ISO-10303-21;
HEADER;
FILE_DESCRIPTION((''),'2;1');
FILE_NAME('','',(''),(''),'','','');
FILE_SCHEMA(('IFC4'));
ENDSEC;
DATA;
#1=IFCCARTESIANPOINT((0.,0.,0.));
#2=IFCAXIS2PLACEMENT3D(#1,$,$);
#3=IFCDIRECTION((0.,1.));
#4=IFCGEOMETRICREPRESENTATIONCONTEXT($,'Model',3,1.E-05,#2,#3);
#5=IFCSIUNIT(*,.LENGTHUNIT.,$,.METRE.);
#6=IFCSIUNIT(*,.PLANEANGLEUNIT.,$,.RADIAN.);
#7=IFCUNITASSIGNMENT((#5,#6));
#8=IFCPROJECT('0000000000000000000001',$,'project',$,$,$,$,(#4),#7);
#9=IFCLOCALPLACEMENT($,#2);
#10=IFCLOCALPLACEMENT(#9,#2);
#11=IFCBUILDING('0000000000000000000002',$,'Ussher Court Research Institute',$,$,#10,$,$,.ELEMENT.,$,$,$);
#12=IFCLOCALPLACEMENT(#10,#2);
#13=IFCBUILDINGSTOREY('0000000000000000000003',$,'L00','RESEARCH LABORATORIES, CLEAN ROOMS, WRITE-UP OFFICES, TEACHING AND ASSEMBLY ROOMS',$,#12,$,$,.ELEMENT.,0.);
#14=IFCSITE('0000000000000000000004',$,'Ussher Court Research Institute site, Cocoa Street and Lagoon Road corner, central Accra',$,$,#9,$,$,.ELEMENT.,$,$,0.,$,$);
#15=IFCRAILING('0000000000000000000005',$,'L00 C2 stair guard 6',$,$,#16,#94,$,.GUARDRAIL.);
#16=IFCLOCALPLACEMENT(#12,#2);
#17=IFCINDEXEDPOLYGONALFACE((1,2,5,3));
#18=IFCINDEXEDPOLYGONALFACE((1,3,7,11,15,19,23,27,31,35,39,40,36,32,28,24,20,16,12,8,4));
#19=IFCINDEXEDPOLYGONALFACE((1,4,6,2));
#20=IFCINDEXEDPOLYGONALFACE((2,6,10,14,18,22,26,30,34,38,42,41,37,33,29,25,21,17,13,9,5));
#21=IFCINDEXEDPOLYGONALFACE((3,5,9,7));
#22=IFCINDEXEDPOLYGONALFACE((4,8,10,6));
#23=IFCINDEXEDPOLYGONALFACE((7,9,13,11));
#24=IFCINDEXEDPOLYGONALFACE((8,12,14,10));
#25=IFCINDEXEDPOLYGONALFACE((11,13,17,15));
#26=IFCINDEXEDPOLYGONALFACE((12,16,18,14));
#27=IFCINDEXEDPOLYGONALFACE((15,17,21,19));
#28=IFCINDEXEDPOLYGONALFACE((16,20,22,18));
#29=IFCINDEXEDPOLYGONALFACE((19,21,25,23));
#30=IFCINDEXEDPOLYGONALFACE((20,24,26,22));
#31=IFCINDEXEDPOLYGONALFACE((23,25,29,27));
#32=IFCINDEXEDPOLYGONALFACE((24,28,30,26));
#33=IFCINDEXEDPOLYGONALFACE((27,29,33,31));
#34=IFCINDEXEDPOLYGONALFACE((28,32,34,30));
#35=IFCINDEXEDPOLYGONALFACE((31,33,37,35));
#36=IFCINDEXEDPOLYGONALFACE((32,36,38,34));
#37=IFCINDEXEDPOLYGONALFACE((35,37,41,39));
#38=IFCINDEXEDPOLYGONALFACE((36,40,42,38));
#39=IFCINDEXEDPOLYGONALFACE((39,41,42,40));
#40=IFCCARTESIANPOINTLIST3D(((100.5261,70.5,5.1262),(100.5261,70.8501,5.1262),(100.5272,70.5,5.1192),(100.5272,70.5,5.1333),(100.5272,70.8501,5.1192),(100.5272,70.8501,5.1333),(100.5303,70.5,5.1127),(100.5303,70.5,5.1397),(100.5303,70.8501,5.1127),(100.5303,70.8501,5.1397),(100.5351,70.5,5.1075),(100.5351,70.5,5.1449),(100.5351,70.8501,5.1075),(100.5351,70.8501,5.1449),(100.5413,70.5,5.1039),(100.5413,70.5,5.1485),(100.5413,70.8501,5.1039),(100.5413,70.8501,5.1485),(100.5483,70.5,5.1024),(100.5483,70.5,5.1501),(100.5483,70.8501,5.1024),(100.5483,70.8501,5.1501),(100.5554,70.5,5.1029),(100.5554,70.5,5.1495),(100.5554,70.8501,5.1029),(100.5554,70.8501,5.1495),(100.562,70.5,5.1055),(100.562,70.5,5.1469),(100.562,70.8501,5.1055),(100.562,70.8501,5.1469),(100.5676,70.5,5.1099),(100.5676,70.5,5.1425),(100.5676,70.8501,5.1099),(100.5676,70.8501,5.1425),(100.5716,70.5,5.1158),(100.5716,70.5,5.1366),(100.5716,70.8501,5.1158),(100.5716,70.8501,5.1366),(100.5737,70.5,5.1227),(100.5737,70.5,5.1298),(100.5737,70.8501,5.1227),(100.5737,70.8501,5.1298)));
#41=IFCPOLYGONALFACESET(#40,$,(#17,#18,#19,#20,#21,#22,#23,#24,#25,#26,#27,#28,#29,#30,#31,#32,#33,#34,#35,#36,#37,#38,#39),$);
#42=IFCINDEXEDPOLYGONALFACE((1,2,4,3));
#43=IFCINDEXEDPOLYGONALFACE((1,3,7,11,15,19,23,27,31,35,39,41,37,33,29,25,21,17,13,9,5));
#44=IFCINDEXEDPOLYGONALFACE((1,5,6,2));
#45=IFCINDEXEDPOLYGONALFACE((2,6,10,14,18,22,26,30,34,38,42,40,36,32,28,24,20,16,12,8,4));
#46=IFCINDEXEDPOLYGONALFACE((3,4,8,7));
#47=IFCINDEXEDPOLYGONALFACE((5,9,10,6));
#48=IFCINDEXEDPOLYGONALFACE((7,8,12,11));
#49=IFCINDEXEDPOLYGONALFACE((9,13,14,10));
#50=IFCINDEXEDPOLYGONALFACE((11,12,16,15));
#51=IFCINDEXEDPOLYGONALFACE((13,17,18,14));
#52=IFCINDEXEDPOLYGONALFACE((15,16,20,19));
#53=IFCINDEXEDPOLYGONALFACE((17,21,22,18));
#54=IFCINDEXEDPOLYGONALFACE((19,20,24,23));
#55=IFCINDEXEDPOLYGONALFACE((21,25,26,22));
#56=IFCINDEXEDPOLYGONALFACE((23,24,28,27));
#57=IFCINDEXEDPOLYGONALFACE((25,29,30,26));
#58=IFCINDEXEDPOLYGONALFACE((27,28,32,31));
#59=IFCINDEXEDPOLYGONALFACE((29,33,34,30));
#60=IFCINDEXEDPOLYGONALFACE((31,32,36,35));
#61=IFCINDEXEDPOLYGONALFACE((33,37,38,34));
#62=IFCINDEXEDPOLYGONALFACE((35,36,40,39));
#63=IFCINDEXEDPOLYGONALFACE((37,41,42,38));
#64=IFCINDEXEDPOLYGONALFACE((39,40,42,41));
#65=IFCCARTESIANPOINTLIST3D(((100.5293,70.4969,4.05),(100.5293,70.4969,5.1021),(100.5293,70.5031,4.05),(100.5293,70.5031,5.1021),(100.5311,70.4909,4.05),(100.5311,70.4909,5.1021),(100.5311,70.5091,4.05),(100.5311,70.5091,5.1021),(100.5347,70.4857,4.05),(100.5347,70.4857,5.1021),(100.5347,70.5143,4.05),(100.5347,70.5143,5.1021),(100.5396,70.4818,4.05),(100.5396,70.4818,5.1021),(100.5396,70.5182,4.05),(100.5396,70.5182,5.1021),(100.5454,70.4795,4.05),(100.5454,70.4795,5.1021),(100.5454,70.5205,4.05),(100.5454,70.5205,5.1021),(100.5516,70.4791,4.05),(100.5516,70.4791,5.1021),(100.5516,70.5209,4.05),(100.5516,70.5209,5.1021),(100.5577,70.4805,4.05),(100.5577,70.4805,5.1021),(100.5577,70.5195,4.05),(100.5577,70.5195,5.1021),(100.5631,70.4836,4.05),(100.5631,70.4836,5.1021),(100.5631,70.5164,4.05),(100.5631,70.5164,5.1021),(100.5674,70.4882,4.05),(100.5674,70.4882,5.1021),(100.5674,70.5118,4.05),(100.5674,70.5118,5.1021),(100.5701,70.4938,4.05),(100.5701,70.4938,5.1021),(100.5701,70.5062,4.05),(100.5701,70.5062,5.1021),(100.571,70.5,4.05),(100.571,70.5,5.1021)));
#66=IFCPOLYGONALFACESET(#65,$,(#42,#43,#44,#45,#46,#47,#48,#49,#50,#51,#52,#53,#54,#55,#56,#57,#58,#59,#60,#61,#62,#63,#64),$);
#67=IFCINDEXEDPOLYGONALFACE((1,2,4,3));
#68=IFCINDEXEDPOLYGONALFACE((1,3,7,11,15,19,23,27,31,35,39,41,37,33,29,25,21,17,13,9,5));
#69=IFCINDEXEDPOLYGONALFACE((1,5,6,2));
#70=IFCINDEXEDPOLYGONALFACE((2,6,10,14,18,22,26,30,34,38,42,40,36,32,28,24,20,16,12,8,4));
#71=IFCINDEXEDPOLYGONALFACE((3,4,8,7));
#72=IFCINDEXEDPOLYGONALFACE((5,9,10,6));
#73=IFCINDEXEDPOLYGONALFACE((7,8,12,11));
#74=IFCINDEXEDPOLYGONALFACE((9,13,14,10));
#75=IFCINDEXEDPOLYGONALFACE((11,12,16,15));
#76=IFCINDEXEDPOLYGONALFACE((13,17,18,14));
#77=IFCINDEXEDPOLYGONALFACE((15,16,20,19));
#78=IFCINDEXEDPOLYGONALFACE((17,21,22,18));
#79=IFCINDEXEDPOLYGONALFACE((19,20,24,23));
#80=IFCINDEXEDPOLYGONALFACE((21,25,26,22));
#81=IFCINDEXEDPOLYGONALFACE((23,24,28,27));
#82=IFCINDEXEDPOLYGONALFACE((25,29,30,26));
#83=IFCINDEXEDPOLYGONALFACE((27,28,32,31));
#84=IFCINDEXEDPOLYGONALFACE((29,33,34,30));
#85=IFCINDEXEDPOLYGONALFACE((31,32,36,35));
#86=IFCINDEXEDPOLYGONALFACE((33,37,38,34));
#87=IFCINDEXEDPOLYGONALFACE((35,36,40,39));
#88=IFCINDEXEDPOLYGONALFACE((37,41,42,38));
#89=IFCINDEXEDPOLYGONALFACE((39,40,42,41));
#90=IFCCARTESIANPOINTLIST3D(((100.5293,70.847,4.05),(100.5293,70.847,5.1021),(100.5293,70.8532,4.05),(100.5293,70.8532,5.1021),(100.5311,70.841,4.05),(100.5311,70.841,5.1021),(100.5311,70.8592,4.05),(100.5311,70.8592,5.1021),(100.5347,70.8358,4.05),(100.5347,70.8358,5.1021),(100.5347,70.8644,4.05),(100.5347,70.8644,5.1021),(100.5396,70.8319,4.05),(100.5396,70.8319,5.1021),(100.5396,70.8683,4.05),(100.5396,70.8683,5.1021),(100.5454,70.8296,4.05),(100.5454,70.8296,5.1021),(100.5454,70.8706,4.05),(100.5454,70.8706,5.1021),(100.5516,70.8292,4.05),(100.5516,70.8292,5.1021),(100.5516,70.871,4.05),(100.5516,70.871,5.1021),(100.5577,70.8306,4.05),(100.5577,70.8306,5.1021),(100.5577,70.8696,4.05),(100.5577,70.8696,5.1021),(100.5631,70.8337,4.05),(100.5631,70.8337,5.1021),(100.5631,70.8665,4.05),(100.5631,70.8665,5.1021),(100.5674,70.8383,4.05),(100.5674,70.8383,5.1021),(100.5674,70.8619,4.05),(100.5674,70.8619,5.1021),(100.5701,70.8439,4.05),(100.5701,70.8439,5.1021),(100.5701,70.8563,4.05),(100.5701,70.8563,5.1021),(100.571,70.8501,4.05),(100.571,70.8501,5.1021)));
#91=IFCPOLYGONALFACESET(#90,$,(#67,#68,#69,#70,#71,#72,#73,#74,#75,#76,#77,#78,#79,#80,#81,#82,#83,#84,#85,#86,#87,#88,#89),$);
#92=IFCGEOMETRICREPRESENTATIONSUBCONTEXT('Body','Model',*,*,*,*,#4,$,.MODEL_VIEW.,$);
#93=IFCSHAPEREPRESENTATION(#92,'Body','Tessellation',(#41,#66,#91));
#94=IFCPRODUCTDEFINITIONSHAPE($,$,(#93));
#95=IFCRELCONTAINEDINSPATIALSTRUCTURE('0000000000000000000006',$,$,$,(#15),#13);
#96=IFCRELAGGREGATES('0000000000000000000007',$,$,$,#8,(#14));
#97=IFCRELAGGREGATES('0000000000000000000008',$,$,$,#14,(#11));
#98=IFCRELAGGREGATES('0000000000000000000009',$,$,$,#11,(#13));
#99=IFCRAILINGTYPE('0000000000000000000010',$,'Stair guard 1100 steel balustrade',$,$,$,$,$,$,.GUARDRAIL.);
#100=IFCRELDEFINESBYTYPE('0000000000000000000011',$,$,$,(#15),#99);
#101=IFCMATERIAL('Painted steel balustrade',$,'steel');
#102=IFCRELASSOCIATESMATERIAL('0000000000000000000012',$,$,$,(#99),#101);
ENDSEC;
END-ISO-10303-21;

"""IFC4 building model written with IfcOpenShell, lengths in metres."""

from ifc_helpers import new_model, si_unit, direction, frame, origin, origin_2d, place, context, subcontext, project, spatial, circle, extrude, material, type_object, element, save


model = new_model("IFC4")

# Units and contexts
model_context = context("Model", 3, precision=1e-05, world=origin(), true_north=direction((0.0, 1.0)))
body_context = subcontext(model_context, "Body", "Model", "MODEL_VIEW")
ifc_project = project(units=[si_unit("LENGTHUNIT", "METRE"), si_unit("PLANEANGLEUNIT", "RADIAN")], contexts=[model_context])

# Site, building, storey
site_placement = place(None, origin())
site = spatial("IfcSite", under=ifc_project, at=site_placement, Name="Ussher Court Research Institute site, Cocoa Street and Lagoon Road corner, central Accra", CompositionType="ELEMENT", RefElevation=0.0)
building_placement = place(site_placement, origin())
building = spatial("IfcBuilding", under=site, at=building_placement, Name="Ussher Court Research Institute", CompositionType="ELEMENT")
storey_placement = place(building_placement, origin())
storey = spatial("IfcBuildingStorey", under=building, at=storey_placement, Name="L00", Description="RESEARCH LABORATORIES, CLEAN ROOMS, WRITE-UP OFFICES, TEACHING AND ASSEMBLY ROOMS", CompositionType="ELEMENT", Elevation=0.0)

# Railing
ifc_material_1 = material(Name="Painted steel balustrade", Category="steel")
railing_type_1 = type_object("IfcRailingType", Name="Stair guard 1100 steel balustrade", PredefinedType="GUARDRAIL", material=ifc_material_1)
railing_1_placement = place(storey_placement, frame((100.55, 70.5, 4.05)))
element("IfcRailing", 1, at=railing_1_placement, inside=storey, type_object=railing_type_1, Name="L00 C2 stair guard 6", PredefinedType="GUARDRAIL", context=body_context, shape_type="SweptSolid", body=[
    extrude(circle(Radius=0.0239, at=origin_2d()), frame((0.0, 0.0, 1.0762), z_axis=(0.0, 1.0, 0.0), x_axis=(-1.0, 0.0, 0.0)), (0.0, 0.0, 1.0), 0.3501),
    extrude(circle(Radius=0.021, at=origin_2d()), origin(), (0.0, 0.0, 1.0), 1.052),
    extrude(circle(Radius=0.021, at=origin_2d()), frame((0.0, 0.3501, 0.0)), (0.0, 0.0, 1.0), 1.052),
])

save(model, "model.ifc")
